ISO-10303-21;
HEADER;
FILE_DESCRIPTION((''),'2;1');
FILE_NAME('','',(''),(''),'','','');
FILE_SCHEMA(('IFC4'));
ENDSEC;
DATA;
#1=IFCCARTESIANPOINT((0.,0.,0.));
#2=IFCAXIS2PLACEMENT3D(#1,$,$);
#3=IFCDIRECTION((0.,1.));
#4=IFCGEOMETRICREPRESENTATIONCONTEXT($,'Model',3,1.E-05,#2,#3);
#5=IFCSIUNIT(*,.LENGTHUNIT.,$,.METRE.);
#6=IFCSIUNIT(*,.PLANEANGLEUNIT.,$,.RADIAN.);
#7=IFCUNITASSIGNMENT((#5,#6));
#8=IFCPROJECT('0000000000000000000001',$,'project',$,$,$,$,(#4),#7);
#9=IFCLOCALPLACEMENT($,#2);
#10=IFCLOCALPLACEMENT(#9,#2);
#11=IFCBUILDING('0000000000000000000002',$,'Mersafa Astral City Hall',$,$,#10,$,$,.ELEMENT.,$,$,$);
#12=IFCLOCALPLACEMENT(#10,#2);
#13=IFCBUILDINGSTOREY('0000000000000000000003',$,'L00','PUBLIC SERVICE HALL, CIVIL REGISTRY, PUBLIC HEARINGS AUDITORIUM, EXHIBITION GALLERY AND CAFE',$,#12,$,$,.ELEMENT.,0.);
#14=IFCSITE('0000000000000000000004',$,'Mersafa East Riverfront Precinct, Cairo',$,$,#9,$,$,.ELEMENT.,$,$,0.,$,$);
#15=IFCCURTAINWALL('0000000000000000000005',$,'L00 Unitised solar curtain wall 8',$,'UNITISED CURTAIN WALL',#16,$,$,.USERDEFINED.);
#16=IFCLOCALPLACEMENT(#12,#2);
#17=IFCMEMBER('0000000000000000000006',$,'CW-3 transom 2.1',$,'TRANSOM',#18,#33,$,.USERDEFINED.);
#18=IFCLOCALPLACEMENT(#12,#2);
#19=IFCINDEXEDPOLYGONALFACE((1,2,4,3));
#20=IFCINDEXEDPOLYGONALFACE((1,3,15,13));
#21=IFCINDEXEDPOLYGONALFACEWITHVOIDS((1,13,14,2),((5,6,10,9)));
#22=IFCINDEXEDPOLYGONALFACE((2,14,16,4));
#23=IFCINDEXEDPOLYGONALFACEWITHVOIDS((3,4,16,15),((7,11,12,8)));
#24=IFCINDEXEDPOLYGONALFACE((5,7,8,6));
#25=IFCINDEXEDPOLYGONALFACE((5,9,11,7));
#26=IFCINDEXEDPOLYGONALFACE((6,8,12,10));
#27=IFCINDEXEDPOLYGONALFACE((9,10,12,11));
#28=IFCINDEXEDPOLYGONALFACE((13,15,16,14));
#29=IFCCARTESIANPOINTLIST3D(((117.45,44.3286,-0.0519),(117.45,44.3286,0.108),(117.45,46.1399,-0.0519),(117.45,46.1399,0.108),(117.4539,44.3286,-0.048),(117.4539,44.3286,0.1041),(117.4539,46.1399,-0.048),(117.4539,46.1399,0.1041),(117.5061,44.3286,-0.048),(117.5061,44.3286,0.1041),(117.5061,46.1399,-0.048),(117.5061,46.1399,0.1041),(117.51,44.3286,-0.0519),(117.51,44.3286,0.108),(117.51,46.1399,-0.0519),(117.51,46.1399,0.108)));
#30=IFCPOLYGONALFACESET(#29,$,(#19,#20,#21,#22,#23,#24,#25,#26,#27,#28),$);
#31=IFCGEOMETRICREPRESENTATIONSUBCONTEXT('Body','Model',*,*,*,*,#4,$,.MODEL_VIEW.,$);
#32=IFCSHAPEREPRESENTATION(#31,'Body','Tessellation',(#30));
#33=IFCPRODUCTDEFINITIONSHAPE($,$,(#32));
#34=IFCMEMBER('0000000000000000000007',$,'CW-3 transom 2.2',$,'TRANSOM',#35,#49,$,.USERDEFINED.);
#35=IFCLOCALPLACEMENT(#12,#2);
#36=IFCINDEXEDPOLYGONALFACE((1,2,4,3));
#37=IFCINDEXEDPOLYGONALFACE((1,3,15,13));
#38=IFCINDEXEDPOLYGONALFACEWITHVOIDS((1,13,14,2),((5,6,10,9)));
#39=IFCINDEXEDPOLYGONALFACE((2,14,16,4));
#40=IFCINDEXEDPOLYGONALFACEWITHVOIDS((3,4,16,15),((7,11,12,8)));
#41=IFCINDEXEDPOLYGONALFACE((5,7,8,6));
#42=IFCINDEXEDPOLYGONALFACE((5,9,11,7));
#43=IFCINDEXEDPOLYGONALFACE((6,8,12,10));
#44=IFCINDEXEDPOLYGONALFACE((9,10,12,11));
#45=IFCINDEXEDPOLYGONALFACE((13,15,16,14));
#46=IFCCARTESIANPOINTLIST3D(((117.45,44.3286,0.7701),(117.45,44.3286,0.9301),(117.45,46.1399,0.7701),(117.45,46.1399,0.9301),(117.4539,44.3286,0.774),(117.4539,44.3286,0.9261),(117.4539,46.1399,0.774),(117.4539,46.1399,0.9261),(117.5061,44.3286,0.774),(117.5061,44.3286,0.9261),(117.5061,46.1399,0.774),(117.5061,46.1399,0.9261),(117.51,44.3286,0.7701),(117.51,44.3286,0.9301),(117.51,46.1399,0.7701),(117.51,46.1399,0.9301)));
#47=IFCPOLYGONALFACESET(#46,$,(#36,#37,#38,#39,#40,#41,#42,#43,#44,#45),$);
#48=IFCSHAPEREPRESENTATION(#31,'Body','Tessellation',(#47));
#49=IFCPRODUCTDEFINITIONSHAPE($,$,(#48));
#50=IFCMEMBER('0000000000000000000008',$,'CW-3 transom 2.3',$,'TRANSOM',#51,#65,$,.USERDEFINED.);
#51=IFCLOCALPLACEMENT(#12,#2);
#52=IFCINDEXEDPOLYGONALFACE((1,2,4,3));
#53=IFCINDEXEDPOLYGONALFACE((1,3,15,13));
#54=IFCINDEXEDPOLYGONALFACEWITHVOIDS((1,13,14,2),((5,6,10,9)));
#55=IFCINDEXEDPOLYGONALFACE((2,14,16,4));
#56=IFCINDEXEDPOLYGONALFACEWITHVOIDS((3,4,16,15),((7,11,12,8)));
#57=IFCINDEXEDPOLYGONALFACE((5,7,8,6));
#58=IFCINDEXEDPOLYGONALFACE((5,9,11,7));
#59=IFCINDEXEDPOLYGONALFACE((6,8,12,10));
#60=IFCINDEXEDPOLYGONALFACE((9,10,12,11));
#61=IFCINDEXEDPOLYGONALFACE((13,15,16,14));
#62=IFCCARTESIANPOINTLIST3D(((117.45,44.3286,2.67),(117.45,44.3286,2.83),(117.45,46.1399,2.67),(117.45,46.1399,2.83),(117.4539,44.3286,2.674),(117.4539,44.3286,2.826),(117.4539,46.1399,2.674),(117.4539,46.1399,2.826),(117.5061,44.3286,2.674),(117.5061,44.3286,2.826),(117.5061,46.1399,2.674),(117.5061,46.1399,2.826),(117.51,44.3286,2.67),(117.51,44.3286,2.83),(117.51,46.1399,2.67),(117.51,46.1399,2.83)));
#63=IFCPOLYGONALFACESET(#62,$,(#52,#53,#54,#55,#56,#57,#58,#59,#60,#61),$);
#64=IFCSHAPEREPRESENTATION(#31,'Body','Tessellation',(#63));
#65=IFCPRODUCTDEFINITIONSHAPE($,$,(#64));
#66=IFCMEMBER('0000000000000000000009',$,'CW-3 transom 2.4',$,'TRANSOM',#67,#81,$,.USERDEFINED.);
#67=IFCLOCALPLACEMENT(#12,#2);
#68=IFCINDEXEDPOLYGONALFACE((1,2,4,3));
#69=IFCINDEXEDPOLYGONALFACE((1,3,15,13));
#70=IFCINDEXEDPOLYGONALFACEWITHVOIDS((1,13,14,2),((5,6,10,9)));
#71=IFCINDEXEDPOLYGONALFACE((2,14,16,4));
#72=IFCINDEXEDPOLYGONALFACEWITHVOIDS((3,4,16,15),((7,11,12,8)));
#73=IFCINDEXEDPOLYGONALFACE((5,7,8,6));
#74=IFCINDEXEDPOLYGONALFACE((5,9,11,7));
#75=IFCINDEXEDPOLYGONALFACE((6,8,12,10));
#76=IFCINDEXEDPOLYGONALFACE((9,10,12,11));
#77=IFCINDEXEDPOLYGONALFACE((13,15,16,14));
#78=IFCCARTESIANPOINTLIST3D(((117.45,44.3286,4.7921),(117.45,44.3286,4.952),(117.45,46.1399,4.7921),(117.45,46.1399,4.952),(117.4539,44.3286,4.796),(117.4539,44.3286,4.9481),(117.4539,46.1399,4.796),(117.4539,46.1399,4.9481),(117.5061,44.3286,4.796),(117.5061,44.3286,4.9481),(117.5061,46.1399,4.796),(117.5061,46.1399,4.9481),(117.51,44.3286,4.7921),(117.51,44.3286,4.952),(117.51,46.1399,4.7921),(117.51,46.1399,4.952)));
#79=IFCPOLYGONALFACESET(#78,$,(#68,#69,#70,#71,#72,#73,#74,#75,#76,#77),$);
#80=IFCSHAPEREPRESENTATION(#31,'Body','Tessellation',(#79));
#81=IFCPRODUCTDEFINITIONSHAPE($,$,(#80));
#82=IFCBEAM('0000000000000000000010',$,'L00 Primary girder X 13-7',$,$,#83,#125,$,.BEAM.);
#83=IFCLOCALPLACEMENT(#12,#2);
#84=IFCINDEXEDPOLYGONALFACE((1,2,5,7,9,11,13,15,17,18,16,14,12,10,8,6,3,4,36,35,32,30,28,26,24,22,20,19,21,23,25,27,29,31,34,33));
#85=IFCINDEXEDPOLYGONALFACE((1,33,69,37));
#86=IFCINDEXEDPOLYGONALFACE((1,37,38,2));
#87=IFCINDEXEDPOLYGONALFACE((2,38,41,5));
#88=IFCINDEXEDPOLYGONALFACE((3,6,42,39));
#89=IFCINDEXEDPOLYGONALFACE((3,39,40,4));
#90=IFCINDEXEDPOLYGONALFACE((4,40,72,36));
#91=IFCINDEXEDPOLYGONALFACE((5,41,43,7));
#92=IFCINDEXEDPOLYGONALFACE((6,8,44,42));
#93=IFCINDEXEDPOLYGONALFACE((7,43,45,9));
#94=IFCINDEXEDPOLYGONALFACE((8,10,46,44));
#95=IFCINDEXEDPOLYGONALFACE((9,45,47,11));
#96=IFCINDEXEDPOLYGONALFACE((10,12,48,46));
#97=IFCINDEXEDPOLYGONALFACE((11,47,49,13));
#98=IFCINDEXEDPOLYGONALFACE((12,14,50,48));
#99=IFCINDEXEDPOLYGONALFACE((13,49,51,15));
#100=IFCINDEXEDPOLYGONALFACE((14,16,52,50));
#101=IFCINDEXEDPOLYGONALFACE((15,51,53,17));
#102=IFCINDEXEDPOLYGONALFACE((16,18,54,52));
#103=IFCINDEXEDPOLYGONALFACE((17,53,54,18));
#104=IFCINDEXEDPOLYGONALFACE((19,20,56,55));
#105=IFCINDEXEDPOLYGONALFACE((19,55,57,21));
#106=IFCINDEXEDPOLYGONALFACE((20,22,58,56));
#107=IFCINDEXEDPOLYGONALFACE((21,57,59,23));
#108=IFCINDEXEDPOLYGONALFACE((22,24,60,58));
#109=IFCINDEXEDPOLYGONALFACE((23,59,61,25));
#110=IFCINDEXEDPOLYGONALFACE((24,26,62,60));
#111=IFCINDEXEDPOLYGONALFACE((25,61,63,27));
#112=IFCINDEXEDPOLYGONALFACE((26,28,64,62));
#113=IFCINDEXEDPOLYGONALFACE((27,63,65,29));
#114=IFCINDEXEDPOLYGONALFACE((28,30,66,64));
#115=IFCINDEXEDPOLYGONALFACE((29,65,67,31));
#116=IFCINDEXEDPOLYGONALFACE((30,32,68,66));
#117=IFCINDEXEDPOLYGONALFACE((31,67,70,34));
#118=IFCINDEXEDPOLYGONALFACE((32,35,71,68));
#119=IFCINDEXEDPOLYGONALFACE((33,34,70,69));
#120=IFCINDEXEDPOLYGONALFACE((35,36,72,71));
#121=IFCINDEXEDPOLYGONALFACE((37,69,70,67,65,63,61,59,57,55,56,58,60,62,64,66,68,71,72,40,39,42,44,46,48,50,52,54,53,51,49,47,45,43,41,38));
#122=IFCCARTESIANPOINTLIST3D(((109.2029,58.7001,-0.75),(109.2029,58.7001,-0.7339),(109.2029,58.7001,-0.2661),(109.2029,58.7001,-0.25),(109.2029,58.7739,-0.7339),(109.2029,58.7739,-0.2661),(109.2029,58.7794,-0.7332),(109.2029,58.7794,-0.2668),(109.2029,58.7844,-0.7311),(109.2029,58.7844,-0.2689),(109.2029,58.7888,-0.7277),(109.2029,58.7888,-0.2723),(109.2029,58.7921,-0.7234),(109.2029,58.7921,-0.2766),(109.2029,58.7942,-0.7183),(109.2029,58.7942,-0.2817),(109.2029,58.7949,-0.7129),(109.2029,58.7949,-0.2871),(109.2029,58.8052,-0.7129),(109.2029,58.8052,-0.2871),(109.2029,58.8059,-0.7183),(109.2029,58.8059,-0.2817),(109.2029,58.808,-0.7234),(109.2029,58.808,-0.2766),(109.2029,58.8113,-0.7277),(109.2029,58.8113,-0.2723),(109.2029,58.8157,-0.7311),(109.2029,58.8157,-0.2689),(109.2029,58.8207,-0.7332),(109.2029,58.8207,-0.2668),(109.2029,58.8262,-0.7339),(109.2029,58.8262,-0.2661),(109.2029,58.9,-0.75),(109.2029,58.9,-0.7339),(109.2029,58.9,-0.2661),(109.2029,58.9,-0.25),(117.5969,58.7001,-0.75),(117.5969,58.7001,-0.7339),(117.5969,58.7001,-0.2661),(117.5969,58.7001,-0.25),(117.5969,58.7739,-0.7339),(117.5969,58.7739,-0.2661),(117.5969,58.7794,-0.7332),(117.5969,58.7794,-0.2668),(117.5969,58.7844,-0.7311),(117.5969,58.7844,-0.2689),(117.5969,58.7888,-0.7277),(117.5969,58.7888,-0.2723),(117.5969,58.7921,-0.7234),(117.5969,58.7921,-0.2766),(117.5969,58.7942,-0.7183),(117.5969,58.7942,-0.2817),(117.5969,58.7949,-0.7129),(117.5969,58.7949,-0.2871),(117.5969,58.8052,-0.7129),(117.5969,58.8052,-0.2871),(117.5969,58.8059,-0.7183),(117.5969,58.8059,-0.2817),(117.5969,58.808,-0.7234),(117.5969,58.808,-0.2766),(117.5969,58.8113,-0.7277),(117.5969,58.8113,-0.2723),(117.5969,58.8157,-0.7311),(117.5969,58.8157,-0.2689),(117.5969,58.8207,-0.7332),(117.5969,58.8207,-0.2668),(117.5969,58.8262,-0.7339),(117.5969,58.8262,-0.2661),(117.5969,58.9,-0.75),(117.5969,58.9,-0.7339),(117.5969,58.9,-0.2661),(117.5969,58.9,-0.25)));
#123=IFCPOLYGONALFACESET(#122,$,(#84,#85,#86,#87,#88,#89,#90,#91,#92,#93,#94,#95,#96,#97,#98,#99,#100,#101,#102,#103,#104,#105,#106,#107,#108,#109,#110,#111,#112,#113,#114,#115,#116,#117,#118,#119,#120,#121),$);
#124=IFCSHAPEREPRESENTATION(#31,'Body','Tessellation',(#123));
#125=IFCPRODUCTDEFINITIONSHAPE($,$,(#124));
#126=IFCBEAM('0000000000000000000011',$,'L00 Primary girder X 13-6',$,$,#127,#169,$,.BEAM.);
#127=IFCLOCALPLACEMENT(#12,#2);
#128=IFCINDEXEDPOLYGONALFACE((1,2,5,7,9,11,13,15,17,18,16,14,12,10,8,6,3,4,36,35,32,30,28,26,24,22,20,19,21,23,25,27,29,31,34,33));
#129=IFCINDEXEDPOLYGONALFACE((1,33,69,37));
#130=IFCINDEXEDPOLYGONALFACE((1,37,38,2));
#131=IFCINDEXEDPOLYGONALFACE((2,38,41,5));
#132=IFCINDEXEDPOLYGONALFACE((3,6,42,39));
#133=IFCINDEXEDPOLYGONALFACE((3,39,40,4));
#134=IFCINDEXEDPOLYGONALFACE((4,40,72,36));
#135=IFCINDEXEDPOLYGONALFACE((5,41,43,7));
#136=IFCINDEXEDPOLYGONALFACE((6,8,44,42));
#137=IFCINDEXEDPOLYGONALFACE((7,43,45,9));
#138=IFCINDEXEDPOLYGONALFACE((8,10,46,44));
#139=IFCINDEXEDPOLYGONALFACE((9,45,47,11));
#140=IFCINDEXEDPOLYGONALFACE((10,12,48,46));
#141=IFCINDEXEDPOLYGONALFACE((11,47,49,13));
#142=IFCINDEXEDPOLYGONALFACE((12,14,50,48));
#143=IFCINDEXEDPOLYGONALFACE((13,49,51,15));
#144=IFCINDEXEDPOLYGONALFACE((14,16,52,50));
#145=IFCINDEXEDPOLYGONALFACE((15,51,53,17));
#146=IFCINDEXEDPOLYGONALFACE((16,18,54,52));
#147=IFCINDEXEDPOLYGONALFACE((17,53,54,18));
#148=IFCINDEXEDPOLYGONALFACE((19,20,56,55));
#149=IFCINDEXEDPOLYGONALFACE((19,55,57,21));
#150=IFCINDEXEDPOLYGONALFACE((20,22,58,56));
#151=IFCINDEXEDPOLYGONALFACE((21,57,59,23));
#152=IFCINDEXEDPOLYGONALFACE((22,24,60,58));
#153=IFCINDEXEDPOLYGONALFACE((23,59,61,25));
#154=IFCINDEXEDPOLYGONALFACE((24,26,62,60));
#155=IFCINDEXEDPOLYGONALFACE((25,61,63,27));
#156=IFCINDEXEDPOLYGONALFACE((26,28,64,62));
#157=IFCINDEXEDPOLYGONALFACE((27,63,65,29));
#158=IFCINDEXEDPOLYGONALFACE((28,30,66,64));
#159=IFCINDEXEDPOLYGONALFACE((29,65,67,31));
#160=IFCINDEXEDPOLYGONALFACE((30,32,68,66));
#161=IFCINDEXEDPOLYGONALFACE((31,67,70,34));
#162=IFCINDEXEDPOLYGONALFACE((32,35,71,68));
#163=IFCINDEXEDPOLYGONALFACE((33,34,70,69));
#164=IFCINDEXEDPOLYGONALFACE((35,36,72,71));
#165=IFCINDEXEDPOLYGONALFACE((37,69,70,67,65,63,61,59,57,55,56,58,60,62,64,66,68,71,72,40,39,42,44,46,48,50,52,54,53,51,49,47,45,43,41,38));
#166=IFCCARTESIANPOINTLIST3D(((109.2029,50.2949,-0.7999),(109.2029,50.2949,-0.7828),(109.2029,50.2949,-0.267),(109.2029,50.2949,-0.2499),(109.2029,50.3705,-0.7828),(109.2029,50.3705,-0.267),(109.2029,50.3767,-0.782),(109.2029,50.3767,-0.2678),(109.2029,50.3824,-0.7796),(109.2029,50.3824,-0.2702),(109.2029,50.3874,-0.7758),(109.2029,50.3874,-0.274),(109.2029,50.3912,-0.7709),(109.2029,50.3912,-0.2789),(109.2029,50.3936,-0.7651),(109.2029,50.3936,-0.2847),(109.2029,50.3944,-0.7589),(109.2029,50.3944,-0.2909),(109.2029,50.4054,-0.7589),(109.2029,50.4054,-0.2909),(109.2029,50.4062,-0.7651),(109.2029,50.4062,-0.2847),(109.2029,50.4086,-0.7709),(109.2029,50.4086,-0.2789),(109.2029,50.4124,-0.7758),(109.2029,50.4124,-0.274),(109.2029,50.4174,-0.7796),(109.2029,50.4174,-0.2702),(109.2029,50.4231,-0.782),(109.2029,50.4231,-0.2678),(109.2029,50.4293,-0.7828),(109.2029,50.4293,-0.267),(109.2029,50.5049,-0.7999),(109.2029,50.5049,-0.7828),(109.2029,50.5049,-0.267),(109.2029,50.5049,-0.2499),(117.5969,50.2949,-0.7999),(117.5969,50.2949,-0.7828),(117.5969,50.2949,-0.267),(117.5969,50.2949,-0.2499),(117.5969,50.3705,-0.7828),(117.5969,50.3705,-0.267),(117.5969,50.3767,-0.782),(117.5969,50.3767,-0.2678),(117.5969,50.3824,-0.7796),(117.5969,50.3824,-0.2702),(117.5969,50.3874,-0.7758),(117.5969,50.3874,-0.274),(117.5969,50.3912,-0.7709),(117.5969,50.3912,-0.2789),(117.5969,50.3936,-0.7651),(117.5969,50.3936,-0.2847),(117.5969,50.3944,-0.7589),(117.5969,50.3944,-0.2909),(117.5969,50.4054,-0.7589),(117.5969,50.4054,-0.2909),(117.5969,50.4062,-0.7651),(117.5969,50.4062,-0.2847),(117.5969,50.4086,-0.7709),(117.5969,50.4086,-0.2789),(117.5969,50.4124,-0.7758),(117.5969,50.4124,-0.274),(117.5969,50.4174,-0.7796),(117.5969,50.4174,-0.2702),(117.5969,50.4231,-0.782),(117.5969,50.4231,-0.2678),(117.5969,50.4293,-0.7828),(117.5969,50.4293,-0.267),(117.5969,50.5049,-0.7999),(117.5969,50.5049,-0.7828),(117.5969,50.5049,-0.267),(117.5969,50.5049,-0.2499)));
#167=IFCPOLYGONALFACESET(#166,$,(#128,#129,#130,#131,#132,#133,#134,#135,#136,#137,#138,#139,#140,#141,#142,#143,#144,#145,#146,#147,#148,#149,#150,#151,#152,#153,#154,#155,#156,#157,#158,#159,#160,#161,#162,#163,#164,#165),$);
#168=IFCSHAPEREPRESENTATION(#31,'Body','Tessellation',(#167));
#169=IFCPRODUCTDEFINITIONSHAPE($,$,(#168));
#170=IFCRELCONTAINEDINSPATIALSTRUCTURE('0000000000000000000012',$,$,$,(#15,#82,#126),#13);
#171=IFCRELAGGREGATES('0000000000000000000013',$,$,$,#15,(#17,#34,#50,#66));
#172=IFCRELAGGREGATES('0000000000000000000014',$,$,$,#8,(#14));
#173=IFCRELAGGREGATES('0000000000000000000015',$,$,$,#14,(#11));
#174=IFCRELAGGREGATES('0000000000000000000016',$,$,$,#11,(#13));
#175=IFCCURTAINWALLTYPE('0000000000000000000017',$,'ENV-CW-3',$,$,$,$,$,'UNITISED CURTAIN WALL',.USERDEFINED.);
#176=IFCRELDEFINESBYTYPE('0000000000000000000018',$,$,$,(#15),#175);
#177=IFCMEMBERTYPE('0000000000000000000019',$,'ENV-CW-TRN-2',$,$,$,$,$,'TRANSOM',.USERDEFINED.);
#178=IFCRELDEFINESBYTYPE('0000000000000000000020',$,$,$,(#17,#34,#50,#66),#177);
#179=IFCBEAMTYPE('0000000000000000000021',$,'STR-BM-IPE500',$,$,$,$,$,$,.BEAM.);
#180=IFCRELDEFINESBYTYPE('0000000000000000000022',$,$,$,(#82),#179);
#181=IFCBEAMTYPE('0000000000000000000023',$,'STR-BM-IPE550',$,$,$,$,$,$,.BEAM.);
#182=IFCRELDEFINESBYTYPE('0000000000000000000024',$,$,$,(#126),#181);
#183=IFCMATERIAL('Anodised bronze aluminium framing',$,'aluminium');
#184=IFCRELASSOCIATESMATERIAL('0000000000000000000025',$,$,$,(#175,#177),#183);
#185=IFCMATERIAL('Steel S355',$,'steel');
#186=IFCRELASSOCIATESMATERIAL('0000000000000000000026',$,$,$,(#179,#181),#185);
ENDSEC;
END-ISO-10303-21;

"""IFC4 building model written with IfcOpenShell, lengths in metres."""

from ifc_helpers import new_model, si_unit, direction, frame, origin, origin_2d, place, context, subcontext, project, spatial, hollow_rectangle, i_section, extrude, material, material_profile, profile_set, type_object, element, aggregate, save


model = new_model("IFC4")

# Units and contexts
model_context = context("Model", 3, precision=1e-05, world=origin(), true_north=direction((0.0, 1.0)))
body_context = subcontext(model_context, "Body", "Model", "MODEL_VIEW")
ifc_project = project(units=[si_unit("LENGTHUNIT", "METRE"), si_unit("PLANEANGLEUNIT", "RADIAN")], contexts=[model_context])

# Site, building, storey
site_placement = place(None, origin())
site = spatial("IfcSite", under=ifc_project, at=site_placement, Name="Mersafa East Riverfront Precinct, Cairo", CompositionType="ELEMENT", RefElevation=0.0)
building_placement = place(site_placement, origin())
building = spatial("IfcBuilding", under=site, at=building_placement, Name="Mersafa Astral City Hall", CompositionType="ELEMENT")
storey_placement = place(building_placement, origin())
storey = spatial("IfcBuildingStorey", under=building, at=storey_placement, Name="L00", Description="PUBLIC SERVICE HALL, CIVIL REGISTRY, PUBLIC HEARINGS AUDITORIUM, EXHIBITION GALLERY AND CAFE", CompositionType="ELEMENT", Elevation=0.0)

# Curtain wall, members
ifc_material_1 = material(Name="Anodised bronze aluminium framing", Category="aluminium")
curtain_wall_type = type_object("IfcCurtainWallType", Name="ENV-CW-3", ElementType="UNITISED CURTAIN WALL", PredefinedType="USERDEFINED", material=ifc_material_1)
curtain_wall_placement = place(storey_placement, origin())
curtain_wall = element("IfcCurtainWall", 1, at=curtain_wall_placement, inside=storey, type_object=curtain_wall_type, Name="L00 Unitised solar curtain wall 8", ObjectType="UNITISED CURTAIN WALL", PredefinedType="USERDEFINED")
ifc_material_profile_1 = material_profile(ifc_material_1, hollow_rectangle(XDim=0.0601, YDim=0.1599, WallThickness=0.0039, at=origin_2d()), Name="RHS 60x160x4")
ifc_profile_set_1 = profile_set([ifc_material_profile_1], Name="Anodised bronze aluminium framing")
member_type = type_object("IfcMemberType", Name="ENV-CW-TRN-2", ElementType="TRANSOM", PredefinedType="USERDEFINED", material=ifc_profile_set_1)
member_1_placement = place(storey_placement, frame((117.48, 44.3286, 0.0281), z_axis=(0.0, 1.0, 0.0), x_axis=(-1.0, 0.0, 0.0)))
member_1 = element("IfcMember", 2, at=member_1_placement, type_object=member_type, Name="CW-3 transom 2.1", ObjectType="TRANSOM", PredefinedType="USERDEFINED", context=body_context, shape_type="SweptSolid", body=[
    extrude(hollow_rectangle(XDim=0.0601, YDim=0.1599, WallThickness=0.0039, at=origin_2d()), origin(), (0.0, 0.0, 1.0), 1.8113),
])
member_2_placement = place(storey_placement, frame((117.48, 44.3286, 0.8501), z_axis=(0.0, 1.0, 0.0), x_axis=(-1.0, 0.0, 0.0)))
member_2 = element("IfcMember", 3, at=member_2_placement, type_object=member_type, Name="CW-3 transom 2.2", ObjectType="TRANSOM", PredefinedType="USERDEFINED", context=body_context, shape_type="SweptSolid", body=[
    extrude(hollow_rectangle(XDim=0.0601, YDim=0.1599, WallThickness=0.0039, at=origin_2d()), origin(), (0.0, 0.0, 1.0), 1.8113),
])
member_3_placement = place(storey_placement, frame((117.48, 44.3286, 2.75), z_axis=(0.0, 1.0, 0.0), x_axis=(-1.0, 0.0, 0.0)))
member_3 = element("IfcMember", 4, at=member_3_placement, type_object=member_type, Name="CW-3 transom 2.3", ObjectType="TRANSOM", PredefinedType="USERDEFINED", context=body_context, shape_type="SweptSolid", body=[
    extrude(hollow_rectangle(XDim=0.0601, YDim=0.1599, WallThickness=0.0039, at=origin_2d()), origin(), (0.0, 0.0, 1.0), 1.8113),
])
member_4_placement = place(storey_placement, frame((117.48, 44.3286, 4.8721), z_axis=(0.0, 1.0, 0.0), x_axis=(-1.0, 0.0, 0.0)))
member_4 = element("IfcMember", 5, at=member_4_placement, type_object=member_type, Name="CW-3 transom 2.4", ObjectType="TRANSOM", PredefinedType="USERDEFINED", context=body_context, shape_type="SweptSolid", body=[
    extrude(hollow_rectangle(XDim=0.0601, YDim=0.1599, WallThickness=0.0039, at=origin_2d()), origin(), (0.0, 0.0, 1.0), 1.8113),
])

# Beams
ifc_material_2 = material(Name="Steel S355", Category="steel")
ifc_material_profile_2 = material_profile(ifc_material_2, i_section(OverallWidth=0.2, OverallDepth=0.5, WebThickness=0.0103, FlangeThickness=0.0161, FilletRadius=0.021, at=origin_2d()), Name="IPE 500")
ifc_profile_set_2 = profile_set([ifc_material_profile_2], Name="Steel S355")
beam_type_1 = type_object("IfcBeamType", Name="STR-BM-IPE500", PredefinedType="BEAM", material=ifc_profile_set_2)
beam_1_placement = place(storey_placement, frame((109.2029, 58.8, -0.5), z_axis=(1.0, 0.0, 0.0), x_axis=(0.0, 1.0, 0.0)))
element("IfcBeam", 6, at=beam_1_placement, inside=storey, type_object=beam_type_1, Name="L00 Primary girder X 13-7", PredefinedType="BEAM", context=body_context, shape_type="SweptSolid", body=[
    extrude(i_section(OverallWidth=0.2, OverallDepth=0.5, WebThickness=0.0103, FlangeThickness=0.0161, FilletRadius=0.021, at=origin_2d()), origin(), (0.0, 0.0, 1.0), 8.394),
])
ifc_material_profile_3 = material_profile(ifc_material_2, i_section(OverallWidth=0.21, OverallDepth=0.55, WebThickness=0.011, FlangeThickness=0.0171, FilletRadius=0.0239, at=origin_2d()), Name="IPE 550")
ifc_profile_set_3 = profile_set([ifc_material_profile_3], Name="Steel S355")
beam_type_2 = type_object("IfcBeamType", Name="STR-BM-IPE550", PredefinedType="BEAM", material=ifc_profile_set_3)
beam_2_placement = place(storey_placement, frame((109.2029, 50.3999, -0.5249), z_axis=(1.0, 0.0, 0.0), x_axis=(0.0, 1.0, 0.0)))
element("IfcBeam", 7, at=beam_2_placement, inside=storey, type_object=beam_type_2, Name="L00 Primary girder X 13-6", PredefinedType="BEAM", context=body_context, shape_type="SweptSolid", body=[
    extrude(i_section(OverallWidth=0.21, OverallDepth=0.55, WebThickness=0.011, FlangeThickness=0.0171, FilletRadius=0.0239, at=origin_2d()), origin(), (0.0, 0.0, 1.0), 8.394),
])

aggregate(curtain_wall, [member_1, member_2, member_3, member_4])

save(model, "model.ifc")
